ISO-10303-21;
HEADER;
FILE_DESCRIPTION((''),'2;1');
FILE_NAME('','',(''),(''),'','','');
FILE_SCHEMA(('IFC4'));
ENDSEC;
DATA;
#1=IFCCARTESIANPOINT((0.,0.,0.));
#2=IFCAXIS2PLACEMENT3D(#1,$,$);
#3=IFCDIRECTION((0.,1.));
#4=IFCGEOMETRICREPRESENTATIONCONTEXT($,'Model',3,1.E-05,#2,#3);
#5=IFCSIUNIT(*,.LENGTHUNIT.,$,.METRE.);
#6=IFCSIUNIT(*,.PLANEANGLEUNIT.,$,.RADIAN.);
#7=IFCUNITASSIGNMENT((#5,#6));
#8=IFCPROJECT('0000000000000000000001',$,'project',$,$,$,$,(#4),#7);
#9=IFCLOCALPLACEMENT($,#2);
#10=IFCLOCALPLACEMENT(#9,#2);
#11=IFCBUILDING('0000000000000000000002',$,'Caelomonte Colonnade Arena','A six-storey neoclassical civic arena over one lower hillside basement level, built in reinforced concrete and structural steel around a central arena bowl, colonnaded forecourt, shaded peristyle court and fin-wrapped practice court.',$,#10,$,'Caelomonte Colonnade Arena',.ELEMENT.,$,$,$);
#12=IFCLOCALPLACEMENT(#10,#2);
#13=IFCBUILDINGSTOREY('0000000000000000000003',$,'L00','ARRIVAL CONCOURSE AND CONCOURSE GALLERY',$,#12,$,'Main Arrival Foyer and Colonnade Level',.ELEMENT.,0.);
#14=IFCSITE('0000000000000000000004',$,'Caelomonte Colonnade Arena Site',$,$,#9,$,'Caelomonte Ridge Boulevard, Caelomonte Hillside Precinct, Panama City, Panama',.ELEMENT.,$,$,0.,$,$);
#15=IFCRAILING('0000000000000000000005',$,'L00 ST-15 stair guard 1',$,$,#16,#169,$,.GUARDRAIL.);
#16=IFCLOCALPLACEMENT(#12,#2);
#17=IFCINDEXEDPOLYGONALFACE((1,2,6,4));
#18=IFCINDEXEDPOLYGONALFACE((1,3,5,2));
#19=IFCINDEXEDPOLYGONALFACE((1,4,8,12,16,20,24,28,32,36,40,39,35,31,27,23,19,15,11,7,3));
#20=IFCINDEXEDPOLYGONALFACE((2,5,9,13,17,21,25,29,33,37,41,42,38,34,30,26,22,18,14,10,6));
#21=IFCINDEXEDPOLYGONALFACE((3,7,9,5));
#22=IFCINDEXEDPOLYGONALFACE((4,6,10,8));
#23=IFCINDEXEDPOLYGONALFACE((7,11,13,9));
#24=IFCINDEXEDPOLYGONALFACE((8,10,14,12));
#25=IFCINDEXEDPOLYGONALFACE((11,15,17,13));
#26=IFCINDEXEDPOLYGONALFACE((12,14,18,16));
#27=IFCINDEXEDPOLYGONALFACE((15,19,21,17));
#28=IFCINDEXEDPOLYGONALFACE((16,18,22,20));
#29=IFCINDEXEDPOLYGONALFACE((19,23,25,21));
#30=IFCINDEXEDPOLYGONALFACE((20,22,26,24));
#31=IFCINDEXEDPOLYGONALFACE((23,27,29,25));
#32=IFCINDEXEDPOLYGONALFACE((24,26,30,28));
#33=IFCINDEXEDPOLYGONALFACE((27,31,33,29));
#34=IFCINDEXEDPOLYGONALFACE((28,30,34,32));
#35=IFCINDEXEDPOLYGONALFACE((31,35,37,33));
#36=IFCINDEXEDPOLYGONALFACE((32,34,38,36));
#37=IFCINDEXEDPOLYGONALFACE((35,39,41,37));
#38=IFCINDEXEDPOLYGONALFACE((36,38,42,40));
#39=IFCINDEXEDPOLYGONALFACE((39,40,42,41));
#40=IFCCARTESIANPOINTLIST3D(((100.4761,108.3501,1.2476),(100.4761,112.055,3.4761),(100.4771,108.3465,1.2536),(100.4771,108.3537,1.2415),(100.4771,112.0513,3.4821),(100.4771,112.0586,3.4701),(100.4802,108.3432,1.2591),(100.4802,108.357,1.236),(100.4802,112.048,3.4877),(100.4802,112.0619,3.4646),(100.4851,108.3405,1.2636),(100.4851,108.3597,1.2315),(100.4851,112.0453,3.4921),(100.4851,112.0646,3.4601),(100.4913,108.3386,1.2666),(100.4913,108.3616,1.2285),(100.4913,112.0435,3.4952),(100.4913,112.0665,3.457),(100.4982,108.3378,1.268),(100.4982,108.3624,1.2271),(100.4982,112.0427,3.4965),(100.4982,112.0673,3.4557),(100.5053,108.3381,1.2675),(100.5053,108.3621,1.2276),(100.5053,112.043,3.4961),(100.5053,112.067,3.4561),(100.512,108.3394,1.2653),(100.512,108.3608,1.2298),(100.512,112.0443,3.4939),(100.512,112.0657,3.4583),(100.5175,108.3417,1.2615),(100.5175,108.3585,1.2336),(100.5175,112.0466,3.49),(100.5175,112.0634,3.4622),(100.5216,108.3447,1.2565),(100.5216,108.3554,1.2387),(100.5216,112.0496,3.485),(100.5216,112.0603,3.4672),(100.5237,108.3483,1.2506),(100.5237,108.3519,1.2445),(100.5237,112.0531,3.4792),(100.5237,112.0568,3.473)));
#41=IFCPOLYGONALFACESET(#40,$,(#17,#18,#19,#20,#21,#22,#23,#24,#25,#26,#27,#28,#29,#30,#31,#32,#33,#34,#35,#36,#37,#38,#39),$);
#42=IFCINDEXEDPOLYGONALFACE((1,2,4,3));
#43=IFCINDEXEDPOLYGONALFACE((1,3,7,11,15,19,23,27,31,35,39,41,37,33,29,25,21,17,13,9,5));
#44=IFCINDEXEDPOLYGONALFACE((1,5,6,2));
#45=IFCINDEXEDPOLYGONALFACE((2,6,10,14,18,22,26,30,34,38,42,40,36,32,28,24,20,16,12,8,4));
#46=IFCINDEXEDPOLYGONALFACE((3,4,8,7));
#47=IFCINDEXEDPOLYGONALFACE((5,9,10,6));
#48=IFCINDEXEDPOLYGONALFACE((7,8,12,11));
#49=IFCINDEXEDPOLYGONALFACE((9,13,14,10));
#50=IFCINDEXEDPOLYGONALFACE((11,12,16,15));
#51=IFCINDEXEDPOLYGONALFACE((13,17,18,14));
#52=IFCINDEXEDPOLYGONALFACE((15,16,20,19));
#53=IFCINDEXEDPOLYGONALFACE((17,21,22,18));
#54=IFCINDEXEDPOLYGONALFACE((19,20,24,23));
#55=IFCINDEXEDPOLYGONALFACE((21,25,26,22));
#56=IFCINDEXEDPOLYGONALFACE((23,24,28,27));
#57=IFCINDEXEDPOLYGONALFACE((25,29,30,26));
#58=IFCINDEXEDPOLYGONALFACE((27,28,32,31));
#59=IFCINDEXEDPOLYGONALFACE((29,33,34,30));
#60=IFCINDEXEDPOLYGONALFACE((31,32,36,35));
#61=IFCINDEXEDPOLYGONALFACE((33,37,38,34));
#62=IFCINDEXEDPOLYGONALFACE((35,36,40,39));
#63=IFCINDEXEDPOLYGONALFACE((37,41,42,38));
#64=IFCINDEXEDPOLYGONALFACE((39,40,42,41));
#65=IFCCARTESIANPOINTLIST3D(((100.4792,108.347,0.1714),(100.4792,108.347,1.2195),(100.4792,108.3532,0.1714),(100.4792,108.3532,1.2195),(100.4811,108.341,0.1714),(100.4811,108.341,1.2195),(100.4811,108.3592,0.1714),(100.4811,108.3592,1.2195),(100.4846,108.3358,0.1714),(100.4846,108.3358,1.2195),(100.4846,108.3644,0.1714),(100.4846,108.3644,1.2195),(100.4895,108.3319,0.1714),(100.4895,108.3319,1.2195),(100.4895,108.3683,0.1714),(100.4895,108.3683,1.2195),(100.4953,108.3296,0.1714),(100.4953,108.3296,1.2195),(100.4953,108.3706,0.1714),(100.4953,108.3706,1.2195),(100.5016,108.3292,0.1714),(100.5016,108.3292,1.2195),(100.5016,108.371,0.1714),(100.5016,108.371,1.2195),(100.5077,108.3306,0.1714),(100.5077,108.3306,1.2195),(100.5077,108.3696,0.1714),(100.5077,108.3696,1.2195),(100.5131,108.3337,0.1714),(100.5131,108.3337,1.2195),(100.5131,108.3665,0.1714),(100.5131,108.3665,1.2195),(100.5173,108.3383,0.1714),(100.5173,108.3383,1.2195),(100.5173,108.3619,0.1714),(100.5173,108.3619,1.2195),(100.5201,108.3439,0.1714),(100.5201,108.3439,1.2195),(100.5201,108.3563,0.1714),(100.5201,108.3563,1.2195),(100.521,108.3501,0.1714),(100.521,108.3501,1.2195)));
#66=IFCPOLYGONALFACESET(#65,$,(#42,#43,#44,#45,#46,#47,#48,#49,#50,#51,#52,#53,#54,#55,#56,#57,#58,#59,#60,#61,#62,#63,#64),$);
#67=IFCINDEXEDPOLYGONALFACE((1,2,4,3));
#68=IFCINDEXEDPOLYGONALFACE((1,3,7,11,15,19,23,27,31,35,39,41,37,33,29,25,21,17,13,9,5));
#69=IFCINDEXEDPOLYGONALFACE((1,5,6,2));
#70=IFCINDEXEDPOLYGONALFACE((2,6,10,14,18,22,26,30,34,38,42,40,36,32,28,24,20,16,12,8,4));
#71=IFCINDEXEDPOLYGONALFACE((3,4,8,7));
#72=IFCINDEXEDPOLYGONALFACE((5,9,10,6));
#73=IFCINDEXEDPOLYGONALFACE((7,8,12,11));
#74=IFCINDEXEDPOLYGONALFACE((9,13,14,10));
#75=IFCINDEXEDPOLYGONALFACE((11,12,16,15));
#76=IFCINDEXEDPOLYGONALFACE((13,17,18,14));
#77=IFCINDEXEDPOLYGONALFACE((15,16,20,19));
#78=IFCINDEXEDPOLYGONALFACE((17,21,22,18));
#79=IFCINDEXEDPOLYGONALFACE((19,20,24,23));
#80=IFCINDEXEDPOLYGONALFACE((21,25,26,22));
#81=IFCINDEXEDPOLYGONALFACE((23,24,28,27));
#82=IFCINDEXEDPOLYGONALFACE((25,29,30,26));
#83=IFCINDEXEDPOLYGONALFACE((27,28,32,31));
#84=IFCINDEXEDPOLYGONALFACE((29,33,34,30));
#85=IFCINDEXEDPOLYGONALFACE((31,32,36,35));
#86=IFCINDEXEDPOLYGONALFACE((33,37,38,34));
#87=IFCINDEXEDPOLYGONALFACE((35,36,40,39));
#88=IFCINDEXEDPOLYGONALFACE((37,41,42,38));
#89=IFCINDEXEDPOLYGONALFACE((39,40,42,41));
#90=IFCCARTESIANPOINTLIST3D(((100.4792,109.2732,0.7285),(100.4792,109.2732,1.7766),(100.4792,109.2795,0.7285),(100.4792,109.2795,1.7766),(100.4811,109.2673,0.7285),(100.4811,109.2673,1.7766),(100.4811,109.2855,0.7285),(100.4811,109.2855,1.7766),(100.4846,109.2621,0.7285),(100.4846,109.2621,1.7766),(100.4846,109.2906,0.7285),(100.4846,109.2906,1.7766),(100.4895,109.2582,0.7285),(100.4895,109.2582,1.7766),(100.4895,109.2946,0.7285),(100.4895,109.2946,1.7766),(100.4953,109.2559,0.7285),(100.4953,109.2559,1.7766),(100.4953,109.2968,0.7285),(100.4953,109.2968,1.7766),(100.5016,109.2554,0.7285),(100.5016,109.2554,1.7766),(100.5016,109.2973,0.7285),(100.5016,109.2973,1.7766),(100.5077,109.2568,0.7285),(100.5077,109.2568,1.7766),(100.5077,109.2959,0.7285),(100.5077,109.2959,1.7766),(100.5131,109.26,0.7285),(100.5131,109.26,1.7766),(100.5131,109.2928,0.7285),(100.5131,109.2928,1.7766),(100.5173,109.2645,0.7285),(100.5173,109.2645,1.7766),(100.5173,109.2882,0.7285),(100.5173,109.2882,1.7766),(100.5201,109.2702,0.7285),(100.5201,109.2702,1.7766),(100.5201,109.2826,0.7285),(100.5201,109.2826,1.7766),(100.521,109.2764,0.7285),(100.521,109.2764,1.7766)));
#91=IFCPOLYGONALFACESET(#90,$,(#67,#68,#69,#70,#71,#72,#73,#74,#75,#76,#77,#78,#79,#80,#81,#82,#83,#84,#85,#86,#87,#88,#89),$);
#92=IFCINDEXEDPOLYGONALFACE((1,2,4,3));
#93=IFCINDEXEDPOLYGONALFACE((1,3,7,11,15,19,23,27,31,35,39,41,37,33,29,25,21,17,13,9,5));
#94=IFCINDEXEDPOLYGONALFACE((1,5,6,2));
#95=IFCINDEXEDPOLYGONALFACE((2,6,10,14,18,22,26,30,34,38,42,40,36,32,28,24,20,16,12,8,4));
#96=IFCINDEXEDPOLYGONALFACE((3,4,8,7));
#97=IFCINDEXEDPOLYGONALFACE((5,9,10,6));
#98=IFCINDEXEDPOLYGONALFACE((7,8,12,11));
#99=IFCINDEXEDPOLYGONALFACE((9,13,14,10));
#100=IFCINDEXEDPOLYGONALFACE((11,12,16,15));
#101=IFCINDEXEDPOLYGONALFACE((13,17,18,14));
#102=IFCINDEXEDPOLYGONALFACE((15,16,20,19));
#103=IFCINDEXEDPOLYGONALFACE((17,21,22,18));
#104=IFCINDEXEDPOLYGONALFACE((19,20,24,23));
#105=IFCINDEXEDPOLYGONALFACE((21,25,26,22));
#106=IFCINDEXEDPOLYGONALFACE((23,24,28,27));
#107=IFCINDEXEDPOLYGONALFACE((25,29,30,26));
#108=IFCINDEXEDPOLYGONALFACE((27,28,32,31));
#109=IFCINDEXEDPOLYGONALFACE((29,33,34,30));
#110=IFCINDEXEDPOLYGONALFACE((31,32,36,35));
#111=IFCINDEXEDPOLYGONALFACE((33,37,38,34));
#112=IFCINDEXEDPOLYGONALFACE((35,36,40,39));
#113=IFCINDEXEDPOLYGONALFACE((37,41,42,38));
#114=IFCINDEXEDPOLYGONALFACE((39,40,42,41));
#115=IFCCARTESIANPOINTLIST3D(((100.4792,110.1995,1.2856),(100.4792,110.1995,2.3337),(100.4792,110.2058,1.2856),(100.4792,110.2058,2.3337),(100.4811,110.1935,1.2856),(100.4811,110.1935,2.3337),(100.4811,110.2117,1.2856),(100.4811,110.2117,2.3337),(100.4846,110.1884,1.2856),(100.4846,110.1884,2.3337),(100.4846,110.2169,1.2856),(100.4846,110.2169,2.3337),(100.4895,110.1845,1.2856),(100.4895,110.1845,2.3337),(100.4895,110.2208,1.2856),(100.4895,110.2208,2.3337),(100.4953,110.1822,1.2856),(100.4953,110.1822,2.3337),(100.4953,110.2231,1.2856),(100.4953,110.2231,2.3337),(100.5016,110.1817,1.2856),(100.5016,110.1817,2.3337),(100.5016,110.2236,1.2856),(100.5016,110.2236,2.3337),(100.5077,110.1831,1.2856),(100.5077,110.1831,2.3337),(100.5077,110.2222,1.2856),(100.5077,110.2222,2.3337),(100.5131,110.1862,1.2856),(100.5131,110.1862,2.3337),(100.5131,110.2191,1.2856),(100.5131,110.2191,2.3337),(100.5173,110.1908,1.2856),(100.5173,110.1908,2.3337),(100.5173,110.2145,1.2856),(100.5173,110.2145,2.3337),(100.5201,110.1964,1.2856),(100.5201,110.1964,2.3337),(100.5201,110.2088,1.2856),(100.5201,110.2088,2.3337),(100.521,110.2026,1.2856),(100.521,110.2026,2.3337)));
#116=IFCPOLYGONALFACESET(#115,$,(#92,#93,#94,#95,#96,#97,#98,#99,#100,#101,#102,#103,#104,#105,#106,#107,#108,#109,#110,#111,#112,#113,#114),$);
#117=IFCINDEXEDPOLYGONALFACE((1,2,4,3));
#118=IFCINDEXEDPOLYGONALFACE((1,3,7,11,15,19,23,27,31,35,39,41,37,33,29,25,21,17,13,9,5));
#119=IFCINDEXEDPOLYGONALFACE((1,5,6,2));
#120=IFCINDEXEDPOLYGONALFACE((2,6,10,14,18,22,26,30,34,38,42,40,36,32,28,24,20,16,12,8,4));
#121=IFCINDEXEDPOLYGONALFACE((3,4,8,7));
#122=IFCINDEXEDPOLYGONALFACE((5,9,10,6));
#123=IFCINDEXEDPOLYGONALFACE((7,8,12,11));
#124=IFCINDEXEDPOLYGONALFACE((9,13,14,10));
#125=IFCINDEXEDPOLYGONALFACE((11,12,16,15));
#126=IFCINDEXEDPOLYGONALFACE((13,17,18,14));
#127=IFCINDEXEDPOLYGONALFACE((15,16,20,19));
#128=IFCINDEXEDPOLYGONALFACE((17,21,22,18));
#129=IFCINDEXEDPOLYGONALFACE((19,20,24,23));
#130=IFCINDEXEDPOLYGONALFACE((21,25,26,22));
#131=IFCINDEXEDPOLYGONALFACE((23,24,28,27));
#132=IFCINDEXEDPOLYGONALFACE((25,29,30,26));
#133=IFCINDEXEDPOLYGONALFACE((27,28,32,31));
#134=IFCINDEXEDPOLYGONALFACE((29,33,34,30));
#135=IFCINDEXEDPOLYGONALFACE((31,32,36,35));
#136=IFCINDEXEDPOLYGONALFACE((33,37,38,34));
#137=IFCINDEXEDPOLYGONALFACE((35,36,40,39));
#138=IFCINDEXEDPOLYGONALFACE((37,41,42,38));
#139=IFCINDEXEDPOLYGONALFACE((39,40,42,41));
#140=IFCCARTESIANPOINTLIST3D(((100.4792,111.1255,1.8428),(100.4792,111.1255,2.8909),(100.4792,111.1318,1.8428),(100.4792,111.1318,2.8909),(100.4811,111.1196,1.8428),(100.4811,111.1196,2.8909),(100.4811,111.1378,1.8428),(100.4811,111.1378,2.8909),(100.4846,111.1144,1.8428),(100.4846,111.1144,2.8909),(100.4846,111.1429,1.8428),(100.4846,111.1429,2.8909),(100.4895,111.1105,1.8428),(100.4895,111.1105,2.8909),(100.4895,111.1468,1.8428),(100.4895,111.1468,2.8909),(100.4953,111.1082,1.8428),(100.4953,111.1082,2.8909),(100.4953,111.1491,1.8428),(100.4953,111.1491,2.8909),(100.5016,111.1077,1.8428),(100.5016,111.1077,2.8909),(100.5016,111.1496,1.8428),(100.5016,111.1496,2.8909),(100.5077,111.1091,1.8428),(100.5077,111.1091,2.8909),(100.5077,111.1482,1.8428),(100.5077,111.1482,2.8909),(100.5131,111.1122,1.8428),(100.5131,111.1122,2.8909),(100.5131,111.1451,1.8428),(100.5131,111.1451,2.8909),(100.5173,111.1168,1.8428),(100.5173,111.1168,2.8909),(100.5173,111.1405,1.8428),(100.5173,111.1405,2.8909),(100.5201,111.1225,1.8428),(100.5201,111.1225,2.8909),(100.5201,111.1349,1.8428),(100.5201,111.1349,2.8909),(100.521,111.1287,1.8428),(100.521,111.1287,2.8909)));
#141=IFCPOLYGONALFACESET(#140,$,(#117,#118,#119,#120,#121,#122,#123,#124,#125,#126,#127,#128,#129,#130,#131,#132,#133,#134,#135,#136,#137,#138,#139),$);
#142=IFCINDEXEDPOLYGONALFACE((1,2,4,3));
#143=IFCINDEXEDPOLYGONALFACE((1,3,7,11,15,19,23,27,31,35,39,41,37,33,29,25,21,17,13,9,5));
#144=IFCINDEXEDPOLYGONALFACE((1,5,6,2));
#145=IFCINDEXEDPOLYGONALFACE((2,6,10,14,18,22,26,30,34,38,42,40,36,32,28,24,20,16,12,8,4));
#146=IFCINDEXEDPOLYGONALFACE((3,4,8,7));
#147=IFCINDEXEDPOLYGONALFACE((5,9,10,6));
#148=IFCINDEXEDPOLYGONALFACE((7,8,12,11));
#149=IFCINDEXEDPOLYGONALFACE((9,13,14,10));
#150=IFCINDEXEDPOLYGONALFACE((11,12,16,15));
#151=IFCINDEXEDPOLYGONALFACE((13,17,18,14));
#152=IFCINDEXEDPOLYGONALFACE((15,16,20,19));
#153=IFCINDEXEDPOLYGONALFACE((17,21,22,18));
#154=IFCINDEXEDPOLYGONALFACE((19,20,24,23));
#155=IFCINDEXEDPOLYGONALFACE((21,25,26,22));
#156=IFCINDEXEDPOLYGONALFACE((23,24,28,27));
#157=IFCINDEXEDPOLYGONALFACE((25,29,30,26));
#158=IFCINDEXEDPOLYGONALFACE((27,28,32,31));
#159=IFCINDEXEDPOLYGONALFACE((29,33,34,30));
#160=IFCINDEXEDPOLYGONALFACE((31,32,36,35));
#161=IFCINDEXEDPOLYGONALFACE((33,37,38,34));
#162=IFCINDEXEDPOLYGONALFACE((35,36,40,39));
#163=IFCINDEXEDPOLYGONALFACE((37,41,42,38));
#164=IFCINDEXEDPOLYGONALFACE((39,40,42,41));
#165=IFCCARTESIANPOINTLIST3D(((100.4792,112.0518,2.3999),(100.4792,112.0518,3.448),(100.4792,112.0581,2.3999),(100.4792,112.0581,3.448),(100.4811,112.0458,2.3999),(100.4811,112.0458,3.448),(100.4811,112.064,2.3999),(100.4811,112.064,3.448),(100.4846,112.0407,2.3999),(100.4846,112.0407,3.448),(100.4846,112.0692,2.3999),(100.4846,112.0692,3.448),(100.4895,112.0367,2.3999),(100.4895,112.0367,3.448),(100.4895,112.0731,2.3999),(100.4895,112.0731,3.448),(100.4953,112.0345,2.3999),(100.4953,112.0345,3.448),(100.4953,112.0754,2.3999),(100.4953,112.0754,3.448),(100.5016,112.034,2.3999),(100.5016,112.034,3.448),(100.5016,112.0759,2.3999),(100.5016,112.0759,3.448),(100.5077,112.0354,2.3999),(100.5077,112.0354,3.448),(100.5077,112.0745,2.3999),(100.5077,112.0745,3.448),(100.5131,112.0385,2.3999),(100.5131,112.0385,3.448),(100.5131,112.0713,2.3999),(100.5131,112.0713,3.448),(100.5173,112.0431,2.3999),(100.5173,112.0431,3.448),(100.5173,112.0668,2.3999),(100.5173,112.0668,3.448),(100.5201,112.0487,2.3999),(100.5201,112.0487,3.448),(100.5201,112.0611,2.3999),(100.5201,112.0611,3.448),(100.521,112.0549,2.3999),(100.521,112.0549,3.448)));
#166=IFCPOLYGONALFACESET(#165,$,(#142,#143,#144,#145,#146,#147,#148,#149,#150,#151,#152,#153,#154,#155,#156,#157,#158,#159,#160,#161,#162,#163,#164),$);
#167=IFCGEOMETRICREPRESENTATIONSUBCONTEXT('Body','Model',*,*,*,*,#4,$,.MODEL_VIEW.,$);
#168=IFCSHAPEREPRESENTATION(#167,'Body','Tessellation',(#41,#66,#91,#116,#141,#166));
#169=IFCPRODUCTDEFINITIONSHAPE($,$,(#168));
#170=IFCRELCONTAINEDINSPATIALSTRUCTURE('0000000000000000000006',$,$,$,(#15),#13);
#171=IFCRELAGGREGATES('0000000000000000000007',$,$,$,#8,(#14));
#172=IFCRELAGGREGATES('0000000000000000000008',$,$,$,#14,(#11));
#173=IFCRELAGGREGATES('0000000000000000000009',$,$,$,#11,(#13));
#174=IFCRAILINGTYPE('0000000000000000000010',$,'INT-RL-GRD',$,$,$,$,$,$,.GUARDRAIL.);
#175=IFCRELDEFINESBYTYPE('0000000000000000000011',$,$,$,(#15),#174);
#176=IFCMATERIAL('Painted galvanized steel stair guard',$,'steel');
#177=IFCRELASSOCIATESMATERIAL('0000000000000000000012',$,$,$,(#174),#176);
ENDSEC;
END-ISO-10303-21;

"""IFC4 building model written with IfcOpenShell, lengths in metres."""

from ifc_helpers import new_model, si_unit, direction, frame, origin, origin_2d, place, context, subcontext, project, spatial, circle, extrude, material, type_object, element, save


model = new_model("IFC4")

# Units and contexts
model_context = context("Model", 3, precision=1e-05, world=origin(), true_north=direction((0.0, 1.0)))
body_context = subcontext(model_context, "Body", "Model", "MODEL_VIEW")
ifc_project = project(units=[si_unit("LENGTHUNIT", "METRE"), si_unit("PLANEANGLEUNIT", "RADIAN")], contexts=[model_context])

# Site, building, storey
site_placement = place(None, origin())
site = spatial("IfcSite", under=ifc_project, at=site_placement, Name="Caelomonte Colonnade Arena Site", LongName="Caelomonte Ridge Boulevard, Caelomonte Hillside Precinct, Panama City, Panama", CompositionType="ELEMENT", RefElevation=0.0)
building_placement = place(site_placement, origin())
building = spatial("IfcBuilding", under=site, at=building_placement, Name="Caelomonte Colonnade Arena", Description="A six-storey neoclassical civic arena over one lower hillside basement level, built in reinforced concrete and structural steel around a central arena bowl, colonnaded forecourt, shaded peristyle court and fin-wrapped practice court.", LongName="Caelomonte Colonnade Arena", CompositionType="ELEMENT")
storey_placement = place(building_placement, origin())
storey = spatial("IfcBuildingStorey", under=building, at=storey_placement, Name="L00", Description="ARRIVAL CONCOURSE AND CONCOURSE GALLERY", LongName="Main Arrival Foyer and Colonnade Level", CompositionType="ELEMENT", Elevation=0.0)

# Railing
ifc_material_1 = material(Name="Painted galvanized steel stair guard", Category="steel")
railing_type_1 = type_object("IfcRailingType", Name="INT-RL-GRD", PredefinedType="GUARDRAIL", material=ifc_material_1)
railing_1_placement = place(storey_placement, frame((100.5, 108.3501, 0.1714)))
element("IfcRailing", 1, at=railing_1_placement, inside=storey, type_object=railing_type_1, Name="L00 ST-15 stair guard 1", PredefinedType="GUARDRAIL", context=body_context, shape_type="SweptSolid", body=[
    extrude(circle(Radius=0.0239, at=origin_2d()), frame((0.0, 0.0, 1.0762), z_axis=(0.0, 0.856919, 0.51545), x_axis=(-1.0, 0.0, 0.0)), (0.0, 0.0, 1.0), 4.3235),
    extrude(circle(Radius=0.021, at=origin_2d()), origin(), (0.0, 0.0, 1.0), 1.0481),
    extrude(circle(Radius=0.021, at=origin_2d()), frame((0.0, 0.9263, 0.5571)), (0.0, 0.0, 1.0), 1.0481),
    extrude(circle(Radius=0.021, at=origin_2d()), frame((0.0, 1.8525, 1.1143)), (0.0, 0.0, 1.0), 1.0481),
    extrude(circle(Radius=0.021, at=origin_2d()), frame((0.0, 2.7786, 1.6714)), (0.0, 0.0, 1.0), 1.0481),
    extrude(circle(Radius=0.021, at=origin_2d()), frame((0.0, 3.7048, 2.2285)), (0.0, 0.0, 1.0), 1.0481),
])

save(model, "model.ifc")
